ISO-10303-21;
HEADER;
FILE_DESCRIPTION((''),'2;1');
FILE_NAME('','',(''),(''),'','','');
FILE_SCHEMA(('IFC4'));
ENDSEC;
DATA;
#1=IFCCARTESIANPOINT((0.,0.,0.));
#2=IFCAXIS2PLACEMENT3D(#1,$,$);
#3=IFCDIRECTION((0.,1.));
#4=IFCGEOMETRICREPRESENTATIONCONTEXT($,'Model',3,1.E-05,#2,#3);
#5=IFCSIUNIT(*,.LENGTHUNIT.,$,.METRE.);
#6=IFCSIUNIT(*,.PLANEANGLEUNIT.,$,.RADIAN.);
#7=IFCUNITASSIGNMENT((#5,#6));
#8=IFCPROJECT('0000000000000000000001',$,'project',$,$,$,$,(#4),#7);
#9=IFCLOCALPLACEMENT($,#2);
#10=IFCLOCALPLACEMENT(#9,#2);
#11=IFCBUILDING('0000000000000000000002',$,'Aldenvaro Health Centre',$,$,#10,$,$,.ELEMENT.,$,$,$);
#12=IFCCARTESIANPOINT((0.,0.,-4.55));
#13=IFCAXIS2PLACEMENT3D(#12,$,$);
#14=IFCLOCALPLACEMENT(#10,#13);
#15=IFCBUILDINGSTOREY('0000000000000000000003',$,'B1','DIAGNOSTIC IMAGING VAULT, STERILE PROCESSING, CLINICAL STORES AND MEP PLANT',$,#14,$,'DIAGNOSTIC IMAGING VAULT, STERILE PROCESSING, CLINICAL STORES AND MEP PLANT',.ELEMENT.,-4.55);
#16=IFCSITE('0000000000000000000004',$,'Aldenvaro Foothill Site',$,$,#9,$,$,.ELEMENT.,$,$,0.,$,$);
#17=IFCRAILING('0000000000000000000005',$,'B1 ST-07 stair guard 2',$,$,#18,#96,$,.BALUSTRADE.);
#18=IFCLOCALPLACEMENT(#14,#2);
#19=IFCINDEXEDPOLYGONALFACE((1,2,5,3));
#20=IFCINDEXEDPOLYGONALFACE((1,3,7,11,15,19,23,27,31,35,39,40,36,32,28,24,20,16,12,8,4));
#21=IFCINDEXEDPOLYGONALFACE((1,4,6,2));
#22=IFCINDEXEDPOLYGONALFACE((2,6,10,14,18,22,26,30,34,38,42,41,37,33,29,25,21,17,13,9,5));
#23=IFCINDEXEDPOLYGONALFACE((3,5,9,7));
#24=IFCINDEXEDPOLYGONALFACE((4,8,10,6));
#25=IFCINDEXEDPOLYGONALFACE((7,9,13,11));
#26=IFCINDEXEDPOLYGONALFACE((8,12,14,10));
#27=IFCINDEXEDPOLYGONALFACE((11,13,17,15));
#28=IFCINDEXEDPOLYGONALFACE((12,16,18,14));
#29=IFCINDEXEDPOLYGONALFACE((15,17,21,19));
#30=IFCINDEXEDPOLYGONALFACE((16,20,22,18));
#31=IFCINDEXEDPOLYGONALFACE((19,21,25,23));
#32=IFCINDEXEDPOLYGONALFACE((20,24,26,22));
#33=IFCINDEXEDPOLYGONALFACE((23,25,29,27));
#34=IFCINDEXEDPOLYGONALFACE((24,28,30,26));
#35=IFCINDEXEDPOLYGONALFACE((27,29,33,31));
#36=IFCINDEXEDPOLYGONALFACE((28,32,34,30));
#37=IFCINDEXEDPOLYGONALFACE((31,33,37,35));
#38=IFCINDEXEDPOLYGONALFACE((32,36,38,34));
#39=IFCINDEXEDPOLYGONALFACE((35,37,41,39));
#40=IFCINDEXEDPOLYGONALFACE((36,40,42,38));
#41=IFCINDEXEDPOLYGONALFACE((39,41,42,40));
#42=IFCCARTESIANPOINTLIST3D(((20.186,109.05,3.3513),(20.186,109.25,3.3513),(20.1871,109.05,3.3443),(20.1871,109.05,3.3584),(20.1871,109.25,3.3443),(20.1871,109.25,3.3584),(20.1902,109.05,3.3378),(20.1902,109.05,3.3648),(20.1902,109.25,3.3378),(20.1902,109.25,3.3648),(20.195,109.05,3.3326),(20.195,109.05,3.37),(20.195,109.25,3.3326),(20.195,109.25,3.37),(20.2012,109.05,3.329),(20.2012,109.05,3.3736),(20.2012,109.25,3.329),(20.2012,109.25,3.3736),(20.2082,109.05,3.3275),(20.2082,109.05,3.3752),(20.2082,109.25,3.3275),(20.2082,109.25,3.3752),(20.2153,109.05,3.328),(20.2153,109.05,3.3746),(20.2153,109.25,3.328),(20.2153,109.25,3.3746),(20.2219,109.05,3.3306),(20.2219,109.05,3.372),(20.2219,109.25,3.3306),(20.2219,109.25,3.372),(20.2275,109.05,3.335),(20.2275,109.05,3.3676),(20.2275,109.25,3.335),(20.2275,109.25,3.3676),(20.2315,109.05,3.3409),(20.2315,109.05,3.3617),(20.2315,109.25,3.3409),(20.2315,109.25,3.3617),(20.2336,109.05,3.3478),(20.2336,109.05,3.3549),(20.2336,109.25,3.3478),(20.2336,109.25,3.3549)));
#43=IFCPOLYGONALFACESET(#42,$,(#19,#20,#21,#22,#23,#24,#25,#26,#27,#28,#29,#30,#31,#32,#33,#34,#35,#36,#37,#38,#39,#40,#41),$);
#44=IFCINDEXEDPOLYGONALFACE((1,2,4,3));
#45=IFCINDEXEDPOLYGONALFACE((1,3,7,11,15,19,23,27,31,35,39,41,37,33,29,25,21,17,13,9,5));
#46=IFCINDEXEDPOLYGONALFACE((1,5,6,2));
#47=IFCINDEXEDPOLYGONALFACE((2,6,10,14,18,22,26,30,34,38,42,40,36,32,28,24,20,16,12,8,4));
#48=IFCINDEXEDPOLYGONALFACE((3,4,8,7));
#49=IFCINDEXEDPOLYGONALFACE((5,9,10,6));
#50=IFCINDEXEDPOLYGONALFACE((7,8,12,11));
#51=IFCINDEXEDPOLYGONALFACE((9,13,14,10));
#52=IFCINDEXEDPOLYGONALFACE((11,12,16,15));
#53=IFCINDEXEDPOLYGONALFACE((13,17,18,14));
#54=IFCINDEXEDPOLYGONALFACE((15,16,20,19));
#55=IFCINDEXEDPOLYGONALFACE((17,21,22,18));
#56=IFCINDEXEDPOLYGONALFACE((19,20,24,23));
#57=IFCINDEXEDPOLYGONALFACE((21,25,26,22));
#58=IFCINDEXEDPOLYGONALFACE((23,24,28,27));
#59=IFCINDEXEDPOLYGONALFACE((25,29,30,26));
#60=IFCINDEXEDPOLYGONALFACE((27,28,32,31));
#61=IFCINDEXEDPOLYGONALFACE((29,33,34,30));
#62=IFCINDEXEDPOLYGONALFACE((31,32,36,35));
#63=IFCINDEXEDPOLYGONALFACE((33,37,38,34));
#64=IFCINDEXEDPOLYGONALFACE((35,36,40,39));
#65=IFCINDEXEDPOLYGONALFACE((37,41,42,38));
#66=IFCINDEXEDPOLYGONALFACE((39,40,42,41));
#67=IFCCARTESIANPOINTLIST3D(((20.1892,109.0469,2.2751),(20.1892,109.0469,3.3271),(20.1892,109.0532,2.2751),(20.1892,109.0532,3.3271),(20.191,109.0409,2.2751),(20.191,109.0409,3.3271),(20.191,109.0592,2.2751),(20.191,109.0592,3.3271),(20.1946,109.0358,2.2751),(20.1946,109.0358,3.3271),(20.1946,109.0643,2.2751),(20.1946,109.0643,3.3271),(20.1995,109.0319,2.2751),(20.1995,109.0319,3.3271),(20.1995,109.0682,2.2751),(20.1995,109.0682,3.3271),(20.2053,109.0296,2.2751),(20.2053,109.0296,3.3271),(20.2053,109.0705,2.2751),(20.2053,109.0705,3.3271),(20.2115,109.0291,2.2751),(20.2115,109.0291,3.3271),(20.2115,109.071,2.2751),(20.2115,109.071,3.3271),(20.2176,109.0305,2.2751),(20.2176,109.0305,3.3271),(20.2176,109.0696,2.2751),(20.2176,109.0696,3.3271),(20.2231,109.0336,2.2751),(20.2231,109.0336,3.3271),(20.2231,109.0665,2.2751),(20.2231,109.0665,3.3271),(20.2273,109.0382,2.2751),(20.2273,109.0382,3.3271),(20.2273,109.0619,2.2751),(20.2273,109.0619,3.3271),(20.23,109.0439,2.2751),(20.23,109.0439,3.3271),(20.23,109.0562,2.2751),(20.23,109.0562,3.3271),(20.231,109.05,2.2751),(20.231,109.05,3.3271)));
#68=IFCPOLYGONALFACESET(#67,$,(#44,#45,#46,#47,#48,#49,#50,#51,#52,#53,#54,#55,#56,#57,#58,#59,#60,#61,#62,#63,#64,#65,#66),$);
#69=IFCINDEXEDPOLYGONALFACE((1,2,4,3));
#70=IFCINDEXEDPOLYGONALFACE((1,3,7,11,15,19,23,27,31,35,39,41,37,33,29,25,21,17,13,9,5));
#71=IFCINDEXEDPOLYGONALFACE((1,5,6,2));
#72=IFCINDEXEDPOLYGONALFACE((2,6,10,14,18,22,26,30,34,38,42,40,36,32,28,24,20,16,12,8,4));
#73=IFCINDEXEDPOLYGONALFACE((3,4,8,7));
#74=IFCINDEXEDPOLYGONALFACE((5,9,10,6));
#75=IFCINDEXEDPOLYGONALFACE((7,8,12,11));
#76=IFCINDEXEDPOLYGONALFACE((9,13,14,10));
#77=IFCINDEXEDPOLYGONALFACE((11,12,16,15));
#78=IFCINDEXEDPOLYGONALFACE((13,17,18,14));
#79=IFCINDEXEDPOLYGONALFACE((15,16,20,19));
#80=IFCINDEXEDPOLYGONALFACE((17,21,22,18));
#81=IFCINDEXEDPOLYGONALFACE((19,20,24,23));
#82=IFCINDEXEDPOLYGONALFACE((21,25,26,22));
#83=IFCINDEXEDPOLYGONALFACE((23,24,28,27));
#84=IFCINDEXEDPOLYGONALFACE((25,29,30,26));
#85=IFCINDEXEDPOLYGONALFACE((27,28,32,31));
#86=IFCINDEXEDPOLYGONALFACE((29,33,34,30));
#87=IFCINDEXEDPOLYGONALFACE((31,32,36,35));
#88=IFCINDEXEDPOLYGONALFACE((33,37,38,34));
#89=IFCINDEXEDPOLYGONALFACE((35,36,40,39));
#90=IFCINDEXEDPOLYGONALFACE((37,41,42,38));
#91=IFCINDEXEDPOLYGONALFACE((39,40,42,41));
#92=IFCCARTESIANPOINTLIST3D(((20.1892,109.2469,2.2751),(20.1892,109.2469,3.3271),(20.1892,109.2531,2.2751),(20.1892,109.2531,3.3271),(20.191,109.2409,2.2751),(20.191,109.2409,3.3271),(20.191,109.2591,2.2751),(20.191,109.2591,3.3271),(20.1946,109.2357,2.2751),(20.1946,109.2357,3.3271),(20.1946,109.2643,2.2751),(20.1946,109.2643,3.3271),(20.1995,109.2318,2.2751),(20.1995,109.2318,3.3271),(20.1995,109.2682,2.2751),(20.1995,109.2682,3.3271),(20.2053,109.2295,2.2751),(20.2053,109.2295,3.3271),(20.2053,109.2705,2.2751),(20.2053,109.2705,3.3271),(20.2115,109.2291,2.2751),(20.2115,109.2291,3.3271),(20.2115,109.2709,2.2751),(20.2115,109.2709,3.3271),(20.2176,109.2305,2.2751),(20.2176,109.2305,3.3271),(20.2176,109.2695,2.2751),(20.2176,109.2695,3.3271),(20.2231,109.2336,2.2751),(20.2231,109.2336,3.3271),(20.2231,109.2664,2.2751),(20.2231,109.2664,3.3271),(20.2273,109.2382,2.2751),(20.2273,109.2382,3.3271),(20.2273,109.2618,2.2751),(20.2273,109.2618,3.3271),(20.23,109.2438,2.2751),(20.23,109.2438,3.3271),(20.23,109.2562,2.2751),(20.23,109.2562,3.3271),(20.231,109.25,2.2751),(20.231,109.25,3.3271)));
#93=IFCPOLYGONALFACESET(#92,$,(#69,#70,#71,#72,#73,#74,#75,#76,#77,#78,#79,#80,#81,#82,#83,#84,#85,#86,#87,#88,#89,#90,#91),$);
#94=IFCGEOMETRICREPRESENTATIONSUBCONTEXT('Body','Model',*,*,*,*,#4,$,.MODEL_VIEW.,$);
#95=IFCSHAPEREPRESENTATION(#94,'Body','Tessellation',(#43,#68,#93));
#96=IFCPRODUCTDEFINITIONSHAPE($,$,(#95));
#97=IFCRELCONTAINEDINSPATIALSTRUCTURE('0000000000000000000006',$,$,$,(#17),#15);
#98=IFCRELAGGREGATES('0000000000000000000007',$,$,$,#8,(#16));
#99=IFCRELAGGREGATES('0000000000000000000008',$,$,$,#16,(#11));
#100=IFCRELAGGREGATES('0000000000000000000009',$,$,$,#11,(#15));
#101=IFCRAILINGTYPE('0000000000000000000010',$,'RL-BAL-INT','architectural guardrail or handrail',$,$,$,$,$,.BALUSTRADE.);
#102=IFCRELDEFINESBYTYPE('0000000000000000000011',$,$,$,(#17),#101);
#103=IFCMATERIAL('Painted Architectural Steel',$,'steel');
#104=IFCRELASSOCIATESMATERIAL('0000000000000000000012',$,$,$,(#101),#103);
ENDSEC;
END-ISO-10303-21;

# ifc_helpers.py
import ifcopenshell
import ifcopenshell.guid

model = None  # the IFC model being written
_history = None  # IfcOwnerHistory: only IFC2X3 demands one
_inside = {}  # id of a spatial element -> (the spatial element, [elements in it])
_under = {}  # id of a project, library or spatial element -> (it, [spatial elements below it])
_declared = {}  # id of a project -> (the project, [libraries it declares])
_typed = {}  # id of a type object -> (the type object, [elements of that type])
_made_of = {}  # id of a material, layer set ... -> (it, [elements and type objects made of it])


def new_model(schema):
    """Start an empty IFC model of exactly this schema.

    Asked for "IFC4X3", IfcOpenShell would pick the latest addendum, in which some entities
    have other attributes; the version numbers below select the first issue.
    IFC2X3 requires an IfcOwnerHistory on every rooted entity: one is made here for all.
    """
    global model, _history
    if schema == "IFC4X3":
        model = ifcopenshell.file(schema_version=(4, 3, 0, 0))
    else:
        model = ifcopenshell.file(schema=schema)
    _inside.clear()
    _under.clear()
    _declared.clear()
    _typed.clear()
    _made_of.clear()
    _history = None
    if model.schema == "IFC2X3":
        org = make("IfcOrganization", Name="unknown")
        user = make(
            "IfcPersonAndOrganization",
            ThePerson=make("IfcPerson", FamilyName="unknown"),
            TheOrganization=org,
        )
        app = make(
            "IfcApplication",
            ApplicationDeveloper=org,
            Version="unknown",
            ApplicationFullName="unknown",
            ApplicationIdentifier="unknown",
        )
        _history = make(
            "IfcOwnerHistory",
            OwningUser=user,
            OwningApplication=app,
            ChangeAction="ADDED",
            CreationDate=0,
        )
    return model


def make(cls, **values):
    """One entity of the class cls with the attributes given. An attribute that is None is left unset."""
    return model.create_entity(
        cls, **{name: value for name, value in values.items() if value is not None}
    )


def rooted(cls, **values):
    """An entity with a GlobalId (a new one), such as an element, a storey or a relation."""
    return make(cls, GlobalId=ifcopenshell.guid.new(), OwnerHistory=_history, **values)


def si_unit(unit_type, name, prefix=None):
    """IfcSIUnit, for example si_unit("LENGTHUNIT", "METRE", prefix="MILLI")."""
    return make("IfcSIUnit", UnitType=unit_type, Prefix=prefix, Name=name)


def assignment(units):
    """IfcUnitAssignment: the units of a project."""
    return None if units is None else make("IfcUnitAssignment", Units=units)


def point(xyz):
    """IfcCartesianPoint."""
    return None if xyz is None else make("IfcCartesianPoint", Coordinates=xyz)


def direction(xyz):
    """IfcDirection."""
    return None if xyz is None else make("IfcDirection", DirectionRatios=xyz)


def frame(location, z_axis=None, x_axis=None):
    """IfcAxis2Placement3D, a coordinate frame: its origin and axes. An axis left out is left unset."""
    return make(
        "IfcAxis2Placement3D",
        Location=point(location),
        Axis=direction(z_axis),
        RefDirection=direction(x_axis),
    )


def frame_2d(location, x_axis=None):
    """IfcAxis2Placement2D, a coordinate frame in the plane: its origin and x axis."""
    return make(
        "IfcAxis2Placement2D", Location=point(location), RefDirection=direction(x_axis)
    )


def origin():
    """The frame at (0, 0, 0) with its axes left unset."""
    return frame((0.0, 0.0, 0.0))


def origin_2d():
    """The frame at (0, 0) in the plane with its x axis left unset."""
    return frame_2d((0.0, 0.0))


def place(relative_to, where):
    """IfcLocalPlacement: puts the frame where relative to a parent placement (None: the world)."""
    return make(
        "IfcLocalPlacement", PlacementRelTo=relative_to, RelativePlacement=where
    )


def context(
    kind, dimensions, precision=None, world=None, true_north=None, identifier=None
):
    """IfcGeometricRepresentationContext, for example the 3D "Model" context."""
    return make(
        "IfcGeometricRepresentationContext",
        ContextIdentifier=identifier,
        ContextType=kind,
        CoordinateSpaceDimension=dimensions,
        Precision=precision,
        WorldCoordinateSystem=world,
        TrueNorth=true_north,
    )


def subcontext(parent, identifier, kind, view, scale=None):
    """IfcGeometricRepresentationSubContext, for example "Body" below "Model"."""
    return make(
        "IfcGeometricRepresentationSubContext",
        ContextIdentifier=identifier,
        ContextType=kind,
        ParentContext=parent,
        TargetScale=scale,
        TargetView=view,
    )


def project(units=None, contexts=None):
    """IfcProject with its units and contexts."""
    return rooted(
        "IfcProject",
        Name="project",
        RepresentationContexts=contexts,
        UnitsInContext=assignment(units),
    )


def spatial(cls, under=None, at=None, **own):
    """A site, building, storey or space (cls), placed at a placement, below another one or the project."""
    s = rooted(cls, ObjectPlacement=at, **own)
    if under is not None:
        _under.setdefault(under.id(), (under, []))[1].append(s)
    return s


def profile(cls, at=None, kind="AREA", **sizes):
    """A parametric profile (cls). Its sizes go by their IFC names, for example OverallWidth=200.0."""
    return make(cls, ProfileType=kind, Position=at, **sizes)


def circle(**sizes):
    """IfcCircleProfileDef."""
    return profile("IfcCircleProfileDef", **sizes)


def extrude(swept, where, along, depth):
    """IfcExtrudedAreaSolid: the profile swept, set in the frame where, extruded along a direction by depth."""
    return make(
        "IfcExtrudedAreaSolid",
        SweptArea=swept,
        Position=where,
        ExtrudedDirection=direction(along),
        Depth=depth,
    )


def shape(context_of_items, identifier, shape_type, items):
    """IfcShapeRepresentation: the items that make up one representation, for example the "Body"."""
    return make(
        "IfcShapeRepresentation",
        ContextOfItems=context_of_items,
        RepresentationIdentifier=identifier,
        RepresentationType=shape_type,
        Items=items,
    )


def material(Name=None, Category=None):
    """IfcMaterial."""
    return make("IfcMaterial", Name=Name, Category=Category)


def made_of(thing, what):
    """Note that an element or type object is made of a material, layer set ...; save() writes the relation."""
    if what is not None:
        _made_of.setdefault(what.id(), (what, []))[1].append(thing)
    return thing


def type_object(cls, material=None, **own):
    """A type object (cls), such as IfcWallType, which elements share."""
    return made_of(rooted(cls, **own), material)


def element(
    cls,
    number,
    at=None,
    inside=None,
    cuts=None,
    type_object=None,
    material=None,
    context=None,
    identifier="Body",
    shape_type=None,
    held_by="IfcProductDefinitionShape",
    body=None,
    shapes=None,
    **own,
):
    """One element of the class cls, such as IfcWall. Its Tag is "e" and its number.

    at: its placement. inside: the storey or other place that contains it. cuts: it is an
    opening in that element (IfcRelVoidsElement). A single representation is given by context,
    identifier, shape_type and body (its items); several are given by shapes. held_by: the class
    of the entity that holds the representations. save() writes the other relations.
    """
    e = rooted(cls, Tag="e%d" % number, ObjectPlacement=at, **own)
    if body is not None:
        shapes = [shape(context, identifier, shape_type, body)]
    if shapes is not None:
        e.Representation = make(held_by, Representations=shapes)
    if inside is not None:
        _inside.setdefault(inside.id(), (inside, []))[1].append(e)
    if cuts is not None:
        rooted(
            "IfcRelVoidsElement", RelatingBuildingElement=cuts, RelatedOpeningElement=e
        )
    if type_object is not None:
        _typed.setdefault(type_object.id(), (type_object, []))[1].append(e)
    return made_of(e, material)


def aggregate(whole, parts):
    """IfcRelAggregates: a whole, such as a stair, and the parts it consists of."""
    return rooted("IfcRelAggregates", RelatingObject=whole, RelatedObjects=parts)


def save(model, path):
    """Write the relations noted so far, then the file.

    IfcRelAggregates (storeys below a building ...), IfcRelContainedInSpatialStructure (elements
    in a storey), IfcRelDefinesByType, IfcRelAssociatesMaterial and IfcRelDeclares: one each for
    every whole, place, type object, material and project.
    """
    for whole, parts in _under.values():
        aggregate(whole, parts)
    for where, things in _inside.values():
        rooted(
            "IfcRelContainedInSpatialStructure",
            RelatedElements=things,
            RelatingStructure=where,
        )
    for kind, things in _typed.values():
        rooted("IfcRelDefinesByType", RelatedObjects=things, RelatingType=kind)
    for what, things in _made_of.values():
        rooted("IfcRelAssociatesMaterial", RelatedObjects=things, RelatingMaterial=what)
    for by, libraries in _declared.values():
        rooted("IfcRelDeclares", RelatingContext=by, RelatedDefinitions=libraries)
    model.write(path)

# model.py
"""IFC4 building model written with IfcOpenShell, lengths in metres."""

from ifc_helpers import new_model, si_unit, direction, frame, origin, origin_2d, place, context, subcontext, project, spatial, circle, extrude, material, type_object, element, save


model = new_model("IFC4")

# Units and contexts
model_context = context("Model", 3, precision=1e-05, world=origin(), true_north=direction((0.0, 1.0)))
body_context = subcontext(model_context, "Body", "Model", "MODEL_VIEW")
ifc_project = project(units=[si_unit("LENGTHUNIT", "METRE"), si_unit("PLANEANGLEUNIT", "RADIAN")], contexts=[model_context])

# Site, building, storey
site_placement = place(None, origin())
site = spatial("IfcSite", under=ifc_project, at=site_placement, Name="Aldenvaro Foothill Site", CompositionType="ELEMENT", RefElevation=0.0)
building_placement = place(site_placement, origin())
building = spatial("IfcBuilding", under=site, at=building_placement, Name="Aldenvaro Health Centre", CompositionType="ELEMENT")
storey_placement = place(building_placement, frame((0.0, 0.0, -4.55)))
storey = spatial("IfcBuildingStorey", under=building, at=storey_placement, Name="B1", Description="DIAGNOSTIC IMAGING VAULT, STERILE PROCESSING, CLINICAL STORES AND MEP PLANT", LongName="DIAGNOSTIC IMAGING VAULT, STERILE PROCESSING, CLINICAL STORES AND MEP PLANT", CompositionType="ELEMENT", Elevation=-4.55)

# Railing
ifc_material_1 = material(Name="Painted Architectural Steel", Category="steel")
railing_type_1 = type_object("IfcRailingType", Name="RL-BAL-INT", Description="architectural guardrail or handrail", PredefinedType="BALUSTRADE", material=ifc_material_1)
railing_1_placement = place(storey_placement, frame((20.21, 109.05, 2.2751)))
element("IfcRailing", 1, at=railing_1_placement, inside=storey, type_object=railing_type_1, Name="B1 ST-07 stair guard 2", PredefinedType="BALUSTRADE", context=body_context, shape_type="SweptSolid", body=[
    extrude(circle(Radius=0.0239, at=origin_2d()), frame((0.0, 0.0, 1.0762), z_axis=(0.0, 1.0, 0.0), x_axis=(-1.0, 0.0, 0.0)), (0.0, 0.0, 1.0), 0.2),
    extrude(circle(Radius=0.021, at=origin_2d()), origin(), (0.0, 0.0, 1.0), 1.052),
    extrude(circle(Radius=0.021, at=origin_2d()), frame((0.0, 0.2, 0.0)), (0.0, 0.0, 1.0), 1.052),
])

save(model, "model.ifc")
